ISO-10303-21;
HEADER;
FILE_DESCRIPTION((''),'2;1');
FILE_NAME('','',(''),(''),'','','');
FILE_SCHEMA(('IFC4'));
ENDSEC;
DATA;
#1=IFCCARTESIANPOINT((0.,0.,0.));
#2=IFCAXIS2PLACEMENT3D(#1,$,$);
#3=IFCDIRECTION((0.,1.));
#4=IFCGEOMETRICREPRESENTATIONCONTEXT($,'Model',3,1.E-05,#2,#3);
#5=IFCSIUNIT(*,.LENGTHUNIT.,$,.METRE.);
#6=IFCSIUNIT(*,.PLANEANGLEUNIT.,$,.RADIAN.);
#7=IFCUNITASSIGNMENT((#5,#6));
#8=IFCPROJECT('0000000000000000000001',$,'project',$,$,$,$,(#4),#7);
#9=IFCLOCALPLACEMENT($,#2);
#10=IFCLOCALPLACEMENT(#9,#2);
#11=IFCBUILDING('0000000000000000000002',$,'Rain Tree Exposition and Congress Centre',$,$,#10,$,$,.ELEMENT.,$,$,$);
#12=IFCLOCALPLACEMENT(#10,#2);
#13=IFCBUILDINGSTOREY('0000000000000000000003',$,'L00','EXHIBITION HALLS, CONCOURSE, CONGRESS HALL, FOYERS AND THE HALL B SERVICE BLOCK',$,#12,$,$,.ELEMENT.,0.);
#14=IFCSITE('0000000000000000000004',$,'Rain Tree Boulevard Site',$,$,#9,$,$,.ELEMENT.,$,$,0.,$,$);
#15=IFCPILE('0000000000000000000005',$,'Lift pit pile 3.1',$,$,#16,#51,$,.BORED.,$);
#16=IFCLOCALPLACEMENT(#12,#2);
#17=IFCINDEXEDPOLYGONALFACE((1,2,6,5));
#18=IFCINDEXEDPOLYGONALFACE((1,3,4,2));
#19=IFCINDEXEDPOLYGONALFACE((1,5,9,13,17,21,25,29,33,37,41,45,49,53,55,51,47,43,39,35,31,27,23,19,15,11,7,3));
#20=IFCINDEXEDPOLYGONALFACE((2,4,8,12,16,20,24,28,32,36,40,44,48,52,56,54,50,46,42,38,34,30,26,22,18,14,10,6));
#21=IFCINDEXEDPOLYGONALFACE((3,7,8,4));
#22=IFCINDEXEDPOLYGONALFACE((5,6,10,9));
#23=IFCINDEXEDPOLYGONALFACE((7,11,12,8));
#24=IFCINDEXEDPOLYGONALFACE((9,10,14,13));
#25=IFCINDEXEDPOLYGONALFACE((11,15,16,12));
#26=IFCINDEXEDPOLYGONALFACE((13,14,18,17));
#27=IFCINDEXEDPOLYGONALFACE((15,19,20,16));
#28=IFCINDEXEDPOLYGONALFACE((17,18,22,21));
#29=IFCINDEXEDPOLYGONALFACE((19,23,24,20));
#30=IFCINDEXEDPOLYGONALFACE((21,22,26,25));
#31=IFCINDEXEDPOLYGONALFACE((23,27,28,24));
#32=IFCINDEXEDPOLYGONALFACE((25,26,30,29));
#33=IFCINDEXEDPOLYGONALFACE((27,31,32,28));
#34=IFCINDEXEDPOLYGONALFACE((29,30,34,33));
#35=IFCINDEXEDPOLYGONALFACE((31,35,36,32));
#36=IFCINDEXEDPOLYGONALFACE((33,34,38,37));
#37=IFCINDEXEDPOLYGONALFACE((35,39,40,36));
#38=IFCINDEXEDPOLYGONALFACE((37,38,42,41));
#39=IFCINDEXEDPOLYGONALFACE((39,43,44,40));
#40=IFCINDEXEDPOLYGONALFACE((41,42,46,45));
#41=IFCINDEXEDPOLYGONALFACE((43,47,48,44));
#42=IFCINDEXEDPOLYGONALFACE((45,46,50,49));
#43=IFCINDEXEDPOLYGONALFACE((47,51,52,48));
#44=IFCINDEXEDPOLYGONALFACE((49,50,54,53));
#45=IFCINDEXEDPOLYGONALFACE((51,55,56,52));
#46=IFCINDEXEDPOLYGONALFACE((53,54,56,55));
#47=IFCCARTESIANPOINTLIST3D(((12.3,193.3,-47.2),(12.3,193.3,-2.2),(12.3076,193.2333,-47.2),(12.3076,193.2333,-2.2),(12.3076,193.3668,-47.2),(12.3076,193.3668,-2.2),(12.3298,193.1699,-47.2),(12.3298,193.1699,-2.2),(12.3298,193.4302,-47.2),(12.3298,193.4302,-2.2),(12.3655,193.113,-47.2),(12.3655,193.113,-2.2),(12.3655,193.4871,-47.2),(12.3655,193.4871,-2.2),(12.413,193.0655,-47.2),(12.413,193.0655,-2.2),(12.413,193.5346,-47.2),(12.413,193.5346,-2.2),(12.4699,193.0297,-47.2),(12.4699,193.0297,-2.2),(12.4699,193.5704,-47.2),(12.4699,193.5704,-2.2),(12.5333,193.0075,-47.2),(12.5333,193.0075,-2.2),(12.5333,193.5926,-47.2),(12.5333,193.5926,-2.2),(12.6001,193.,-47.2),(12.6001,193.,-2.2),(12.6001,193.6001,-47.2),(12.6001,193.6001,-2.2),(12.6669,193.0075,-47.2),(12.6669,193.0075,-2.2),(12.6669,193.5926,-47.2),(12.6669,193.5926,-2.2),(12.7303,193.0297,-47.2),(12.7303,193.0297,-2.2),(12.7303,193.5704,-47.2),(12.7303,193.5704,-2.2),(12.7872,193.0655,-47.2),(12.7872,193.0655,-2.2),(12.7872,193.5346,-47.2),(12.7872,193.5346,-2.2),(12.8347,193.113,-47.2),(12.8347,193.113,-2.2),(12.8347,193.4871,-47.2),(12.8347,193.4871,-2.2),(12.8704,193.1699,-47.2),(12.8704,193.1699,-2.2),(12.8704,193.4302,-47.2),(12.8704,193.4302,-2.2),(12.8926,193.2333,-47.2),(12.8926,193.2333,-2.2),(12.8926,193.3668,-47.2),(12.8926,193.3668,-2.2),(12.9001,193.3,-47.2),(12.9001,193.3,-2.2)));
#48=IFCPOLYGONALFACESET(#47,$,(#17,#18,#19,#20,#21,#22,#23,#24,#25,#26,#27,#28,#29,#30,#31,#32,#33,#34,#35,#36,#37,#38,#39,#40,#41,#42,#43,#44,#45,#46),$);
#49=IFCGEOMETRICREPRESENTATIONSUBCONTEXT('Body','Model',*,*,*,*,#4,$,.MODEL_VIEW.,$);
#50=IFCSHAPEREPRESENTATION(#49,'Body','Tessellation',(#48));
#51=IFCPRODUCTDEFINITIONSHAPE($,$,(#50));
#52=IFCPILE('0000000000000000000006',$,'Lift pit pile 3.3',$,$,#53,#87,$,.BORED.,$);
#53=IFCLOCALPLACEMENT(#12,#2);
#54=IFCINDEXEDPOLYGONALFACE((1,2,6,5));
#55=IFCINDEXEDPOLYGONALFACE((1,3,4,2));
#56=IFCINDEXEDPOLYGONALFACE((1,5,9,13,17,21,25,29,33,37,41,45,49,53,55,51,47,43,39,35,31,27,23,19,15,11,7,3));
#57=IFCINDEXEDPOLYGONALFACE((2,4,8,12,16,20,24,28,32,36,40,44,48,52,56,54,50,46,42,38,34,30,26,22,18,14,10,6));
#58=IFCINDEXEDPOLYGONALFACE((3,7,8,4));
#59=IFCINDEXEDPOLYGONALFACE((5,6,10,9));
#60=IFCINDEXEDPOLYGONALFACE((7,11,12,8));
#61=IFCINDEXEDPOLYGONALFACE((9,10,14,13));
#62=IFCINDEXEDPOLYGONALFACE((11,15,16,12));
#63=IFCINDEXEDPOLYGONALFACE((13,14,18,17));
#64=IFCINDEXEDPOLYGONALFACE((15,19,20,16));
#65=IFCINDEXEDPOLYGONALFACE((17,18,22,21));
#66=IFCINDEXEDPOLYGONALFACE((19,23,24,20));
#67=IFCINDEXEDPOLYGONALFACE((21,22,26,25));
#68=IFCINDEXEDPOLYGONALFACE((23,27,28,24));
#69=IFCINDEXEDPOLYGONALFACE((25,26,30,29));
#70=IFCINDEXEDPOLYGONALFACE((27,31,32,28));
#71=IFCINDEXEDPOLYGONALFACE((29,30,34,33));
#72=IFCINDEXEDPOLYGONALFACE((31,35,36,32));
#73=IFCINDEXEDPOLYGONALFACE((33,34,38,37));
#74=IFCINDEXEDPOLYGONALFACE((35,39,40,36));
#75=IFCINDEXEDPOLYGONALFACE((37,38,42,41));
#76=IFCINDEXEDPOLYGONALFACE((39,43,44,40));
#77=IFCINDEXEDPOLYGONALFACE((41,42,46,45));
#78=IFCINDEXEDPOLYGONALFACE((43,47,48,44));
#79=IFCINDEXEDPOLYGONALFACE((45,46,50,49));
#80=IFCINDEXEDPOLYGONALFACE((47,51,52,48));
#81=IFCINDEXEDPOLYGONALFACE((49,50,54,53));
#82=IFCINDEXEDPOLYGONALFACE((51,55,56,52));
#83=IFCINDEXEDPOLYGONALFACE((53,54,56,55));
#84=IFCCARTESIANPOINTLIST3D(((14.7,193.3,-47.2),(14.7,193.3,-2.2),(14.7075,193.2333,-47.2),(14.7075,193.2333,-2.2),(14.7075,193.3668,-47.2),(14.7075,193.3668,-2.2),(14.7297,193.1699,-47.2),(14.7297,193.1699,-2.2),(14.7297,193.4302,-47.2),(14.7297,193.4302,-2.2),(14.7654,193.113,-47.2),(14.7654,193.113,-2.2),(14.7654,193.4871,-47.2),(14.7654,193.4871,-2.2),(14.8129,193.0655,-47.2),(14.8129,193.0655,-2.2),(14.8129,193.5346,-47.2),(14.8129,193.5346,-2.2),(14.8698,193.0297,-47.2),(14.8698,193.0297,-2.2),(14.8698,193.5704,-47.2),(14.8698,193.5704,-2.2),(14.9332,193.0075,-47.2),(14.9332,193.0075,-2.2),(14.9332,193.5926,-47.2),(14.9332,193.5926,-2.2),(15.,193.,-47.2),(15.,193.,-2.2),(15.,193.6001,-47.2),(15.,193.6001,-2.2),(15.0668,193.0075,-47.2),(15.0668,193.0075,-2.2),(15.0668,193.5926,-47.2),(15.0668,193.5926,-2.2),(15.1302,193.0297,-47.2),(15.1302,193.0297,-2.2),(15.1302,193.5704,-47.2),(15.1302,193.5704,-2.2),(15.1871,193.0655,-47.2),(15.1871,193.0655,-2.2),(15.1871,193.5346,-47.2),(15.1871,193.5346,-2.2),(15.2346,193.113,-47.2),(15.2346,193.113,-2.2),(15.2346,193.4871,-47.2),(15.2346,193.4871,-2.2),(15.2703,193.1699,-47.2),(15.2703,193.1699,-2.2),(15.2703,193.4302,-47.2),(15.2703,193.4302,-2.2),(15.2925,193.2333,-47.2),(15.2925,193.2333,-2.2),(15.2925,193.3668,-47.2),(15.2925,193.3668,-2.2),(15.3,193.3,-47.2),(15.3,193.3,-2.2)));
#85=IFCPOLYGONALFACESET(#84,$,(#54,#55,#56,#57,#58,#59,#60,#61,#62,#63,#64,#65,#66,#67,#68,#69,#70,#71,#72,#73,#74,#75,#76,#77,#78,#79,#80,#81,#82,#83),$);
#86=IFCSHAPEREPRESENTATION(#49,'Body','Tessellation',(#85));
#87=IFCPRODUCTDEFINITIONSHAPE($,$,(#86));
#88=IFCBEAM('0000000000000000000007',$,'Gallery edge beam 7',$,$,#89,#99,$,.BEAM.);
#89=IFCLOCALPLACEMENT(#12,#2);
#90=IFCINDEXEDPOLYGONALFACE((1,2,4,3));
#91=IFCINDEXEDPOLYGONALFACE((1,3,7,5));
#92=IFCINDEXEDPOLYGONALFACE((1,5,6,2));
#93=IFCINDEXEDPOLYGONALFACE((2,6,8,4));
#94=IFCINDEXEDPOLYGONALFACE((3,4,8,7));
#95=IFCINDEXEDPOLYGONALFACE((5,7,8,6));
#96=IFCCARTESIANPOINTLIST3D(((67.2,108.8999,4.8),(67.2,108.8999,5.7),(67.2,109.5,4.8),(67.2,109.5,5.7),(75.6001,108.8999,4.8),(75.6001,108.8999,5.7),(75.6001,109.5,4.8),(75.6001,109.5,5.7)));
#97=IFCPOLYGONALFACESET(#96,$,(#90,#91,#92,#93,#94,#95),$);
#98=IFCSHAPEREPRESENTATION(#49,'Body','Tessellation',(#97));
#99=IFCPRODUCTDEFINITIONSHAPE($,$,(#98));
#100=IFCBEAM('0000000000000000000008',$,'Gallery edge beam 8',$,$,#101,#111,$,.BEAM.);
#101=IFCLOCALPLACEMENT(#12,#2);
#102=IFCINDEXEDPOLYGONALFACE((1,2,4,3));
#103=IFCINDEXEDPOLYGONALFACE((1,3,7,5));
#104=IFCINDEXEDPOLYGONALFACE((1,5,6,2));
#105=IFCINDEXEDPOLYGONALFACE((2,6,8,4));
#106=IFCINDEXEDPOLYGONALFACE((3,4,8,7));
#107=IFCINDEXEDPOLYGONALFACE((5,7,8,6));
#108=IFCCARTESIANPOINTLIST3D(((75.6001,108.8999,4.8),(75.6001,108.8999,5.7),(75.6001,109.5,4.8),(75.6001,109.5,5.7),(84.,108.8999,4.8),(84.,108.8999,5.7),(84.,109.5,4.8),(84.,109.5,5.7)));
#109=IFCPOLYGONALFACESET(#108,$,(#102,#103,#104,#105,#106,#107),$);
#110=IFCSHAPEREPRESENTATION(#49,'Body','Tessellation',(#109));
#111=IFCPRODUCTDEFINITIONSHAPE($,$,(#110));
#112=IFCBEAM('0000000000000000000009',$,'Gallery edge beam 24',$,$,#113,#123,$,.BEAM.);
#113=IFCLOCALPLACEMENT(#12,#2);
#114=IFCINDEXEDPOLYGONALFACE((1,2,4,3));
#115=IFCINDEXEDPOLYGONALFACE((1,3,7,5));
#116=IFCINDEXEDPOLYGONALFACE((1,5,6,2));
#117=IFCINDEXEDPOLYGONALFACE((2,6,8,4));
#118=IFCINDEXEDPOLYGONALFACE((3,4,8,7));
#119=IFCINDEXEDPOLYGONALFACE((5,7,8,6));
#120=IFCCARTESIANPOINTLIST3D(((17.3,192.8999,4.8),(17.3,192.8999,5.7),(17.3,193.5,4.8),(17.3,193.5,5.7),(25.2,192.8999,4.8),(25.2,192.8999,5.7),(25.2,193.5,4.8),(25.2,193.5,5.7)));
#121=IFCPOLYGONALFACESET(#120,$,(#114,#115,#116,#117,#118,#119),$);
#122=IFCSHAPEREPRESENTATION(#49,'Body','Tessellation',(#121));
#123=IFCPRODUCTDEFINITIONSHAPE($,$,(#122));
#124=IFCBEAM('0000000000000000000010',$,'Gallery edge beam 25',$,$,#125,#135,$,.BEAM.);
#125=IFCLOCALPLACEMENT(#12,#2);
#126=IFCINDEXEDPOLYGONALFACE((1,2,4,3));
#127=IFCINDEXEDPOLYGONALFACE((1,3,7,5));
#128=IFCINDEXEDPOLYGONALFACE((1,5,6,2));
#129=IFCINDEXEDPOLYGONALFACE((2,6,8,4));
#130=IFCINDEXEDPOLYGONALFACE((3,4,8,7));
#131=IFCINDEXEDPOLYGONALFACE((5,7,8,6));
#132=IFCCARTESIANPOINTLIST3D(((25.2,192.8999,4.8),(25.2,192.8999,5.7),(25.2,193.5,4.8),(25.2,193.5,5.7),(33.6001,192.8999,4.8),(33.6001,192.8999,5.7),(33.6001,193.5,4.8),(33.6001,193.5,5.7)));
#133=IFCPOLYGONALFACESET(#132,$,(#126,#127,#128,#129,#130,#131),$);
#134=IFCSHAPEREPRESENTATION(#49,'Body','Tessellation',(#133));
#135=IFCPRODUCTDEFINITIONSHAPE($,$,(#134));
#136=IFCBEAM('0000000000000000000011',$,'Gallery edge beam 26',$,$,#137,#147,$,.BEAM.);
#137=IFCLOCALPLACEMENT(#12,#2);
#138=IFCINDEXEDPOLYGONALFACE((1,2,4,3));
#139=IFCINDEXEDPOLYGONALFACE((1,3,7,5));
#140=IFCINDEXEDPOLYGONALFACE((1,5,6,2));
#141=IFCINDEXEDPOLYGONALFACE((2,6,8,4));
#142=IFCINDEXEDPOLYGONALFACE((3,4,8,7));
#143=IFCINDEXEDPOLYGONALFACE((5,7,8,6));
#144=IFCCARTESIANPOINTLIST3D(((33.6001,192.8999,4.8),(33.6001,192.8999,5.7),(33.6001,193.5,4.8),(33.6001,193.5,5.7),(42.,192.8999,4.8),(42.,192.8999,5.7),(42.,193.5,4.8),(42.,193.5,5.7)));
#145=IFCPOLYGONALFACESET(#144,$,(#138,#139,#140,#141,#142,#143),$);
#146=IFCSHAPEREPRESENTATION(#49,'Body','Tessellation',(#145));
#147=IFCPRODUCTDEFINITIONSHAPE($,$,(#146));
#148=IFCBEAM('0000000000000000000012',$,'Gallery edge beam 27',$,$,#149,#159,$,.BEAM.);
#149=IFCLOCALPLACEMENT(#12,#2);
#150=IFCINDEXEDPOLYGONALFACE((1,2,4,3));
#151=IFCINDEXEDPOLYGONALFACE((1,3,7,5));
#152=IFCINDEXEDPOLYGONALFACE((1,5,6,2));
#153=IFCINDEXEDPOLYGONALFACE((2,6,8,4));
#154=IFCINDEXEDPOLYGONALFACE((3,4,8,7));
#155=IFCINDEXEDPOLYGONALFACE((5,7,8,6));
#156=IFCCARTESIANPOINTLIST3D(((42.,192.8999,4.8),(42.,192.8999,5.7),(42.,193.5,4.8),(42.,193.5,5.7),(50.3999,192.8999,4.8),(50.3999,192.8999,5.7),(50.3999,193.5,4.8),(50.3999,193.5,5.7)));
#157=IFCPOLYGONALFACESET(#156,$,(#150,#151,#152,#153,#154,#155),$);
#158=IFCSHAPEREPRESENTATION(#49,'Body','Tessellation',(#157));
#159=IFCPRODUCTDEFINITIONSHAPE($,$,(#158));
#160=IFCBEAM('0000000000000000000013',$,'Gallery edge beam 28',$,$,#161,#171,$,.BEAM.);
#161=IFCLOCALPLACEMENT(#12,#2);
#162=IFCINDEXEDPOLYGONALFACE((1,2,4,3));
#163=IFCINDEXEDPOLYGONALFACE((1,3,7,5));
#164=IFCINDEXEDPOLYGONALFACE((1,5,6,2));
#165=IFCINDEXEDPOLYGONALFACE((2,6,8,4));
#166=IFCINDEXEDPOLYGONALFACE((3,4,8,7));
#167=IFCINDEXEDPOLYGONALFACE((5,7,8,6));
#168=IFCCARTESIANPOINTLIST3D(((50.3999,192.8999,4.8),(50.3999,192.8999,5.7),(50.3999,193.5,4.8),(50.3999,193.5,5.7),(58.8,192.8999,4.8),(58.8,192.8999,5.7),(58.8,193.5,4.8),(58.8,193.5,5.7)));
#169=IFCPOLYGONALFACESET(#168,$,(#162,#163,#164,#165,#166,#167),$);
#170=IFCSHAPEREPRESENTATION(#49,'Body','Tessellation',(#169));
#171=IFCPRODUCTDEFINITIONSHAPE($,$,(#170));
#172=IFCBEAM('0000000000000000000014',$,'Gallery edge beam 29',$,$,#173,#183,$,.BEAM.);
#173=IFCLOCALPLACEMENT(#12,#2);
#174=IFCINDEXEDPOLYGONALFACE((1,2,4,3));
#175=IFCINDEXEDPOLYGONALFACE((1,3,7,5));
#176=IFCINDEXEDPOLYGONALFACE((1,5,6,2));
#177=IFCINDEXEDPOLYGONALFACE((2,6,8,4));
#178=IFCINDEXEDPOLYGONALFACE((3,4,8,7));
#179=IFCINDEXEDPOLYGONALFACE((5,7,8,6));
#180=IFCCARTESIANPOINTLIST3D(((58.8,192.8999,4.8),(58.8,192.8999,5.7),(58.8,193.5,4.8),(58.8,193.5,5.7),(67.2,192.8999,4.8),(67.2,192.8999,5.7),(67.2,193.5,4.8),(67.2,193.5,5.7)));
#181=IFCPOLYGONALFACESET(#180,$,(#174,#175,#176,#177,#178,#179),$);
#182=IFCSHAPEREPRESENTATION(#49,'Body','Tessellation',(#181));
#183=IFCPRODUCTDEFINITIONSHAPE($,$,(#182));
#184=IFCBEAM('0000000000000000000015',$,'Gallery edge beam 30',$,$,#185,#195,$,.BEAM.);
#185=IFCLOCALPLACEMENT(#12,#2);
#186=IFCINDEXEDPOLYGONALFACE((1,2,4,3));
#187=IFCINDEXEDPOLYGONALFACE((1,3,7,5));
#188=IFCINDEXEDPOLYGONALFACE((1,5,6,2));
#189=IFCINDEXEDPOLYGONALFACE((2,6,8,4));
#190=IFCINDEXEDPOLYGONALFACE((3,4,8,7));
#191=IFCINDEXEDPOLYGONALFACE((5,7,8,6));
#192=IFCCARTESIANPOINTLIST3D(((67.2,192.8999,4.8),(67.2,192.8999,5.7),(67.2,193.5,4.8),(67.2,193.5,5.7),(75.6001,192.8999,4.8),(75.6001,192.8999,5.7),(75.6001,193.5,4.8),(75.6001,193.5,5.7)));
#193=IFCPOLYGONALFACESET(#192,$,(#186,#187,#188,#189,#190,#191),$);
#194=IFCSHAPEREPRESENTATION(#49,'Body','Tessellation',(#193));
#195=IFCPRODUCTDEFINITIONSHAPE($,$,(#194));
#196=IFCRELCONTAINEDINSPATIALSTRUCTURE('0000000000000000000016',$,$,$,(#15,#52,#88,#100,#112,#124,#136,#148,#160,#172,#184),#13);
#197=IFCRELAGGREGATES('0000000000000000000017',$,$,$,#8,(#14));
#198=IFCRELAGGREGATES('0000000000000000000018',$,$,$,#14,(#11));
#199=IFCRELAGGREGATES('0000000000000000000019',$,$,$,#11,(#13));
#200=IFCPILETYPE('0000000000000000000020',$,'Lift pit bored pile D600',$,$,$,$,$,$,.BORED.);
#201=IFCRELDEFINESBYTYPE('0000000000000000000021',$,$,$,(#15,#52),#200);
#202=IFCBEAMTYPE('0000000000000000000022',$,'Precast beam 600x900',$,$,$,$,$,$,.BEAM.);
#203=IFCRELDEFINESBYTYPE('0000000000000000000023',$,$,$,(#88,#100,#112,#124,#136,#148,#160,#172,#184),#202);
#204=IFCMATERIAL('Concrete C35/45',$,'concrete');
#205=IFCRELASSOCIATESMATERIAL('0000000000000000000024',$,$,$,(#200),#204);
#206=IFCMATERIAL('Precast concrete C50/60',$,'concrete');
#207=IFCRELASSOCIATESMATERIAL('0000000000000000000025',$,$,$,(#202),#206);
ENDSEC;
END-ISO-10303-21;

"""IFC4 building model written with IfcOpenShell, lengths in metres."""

from ifc_helpers import new_model, si_unit, direction, frame, origin, origin_2d, place, context, subcontext, project, spatial, rectangle, circle, extrude, material, material_profile, profile_set, type_object, element, save


model = new_model("IFC4")

# Units and contexts
model_context = context("Model", 3, precision=1e-05, world=origin(), true_north=direction((0.0, 1.0)))
body_context = subcontext(model_context, "Body", "Model", "MODEL_VIEW")
ifc_project = project(units=[si_unit("LENGTHUNIT", "METRE"), si_unit("PLANEANGLEUNIT", "RADIAN")], contexts=[model_context])

# Site, building, storey
site_placement = place(None, origin())
site = spatial("IfcSite", under=ifc_project, at=site_placement, Name="Rain Tree Boulevard Site", CompositionType="ELEMENT", RefElevation=0.0)
building_placement = place(site_placement, origin())
building = spatial("IfcBuilding", under=site, at=building_placement, Name="Rain Tree Exposition and Congress Centre", CompositionType="ELEMENT")
storey_placement = place(building_placement, origin())
storey = spatial("IfcBuildingStorey", under=building, at=storey_placement, Name="L00", Description="EXHIBITION HALLS, CONCOURSE, CONGRESS HALL, FOYERS AND THE HALL B SERVICE BLOCK", CompositionType="ELEMENT", Elevation=0.0)

# Piles
ifc_material_1 = material(Name="Concrete C35/45", Category="concrete")
ifc_material_profile_1 = material_profile(ifc_material_1, circle(Radius=0.3, at=origin_2d()), Name="D600")
ifc_profile_set_1 = profile_set([ifc_material_profile_1], Name="Concrete C35/45")
pile_type = type_object("IfcPileType", Name="Lift pit bored pile D600", PredefinedType="BORED", material=ifc_profile_set_1)
for number, where, z_axis, x_axis, name in (
    (1, (12.6001, 193.3, -2.2), (0.0, 0.0, -1.0), (1.0, 0.0, 0.0), "Lift pit pile 3.1"),
    (2, (15.0, 193.3, -2.2), (0.0, 0.0, -1.0), (1.0, 0.0, 0.0), "Lift pit pile 3.3"),
):
    element("IfcPile", number, at=place(storey_placement, frame(where, z_axis=z_axis, x_axis=x_axis)), inside=storey, type_object=pile_type, Name=name, PredefinedType="BORED", context=body_context, shape_type="SweptSolid", body=[
        extrude(circle(Radius=0.3, at=origin_2d()), origin(), (0.0, 0.0, 1.0), 45.0),
    ])

# Beams
ifc_material_2 = material(Name="Precast concrete C50/60", Category="concrete")
ifc_material_profile_2 = material_profile(ifc_material_2, rectangle(XDim=0.6001, YDim=0.8999, at=origin_2d()), Name="RC 600x900")
ifc_profile_set_2 = profile_set([ifc_material_profile_2], Name="Precast concrete C50/60")
beam_type = type_object("IfcBeamType", Name="Precast beam 600x900", PredefinedType="BEAM", material=ifc_profile_set_2)
beam_1_placement = place(storey_placement, frame((67.2, 109.2, 5.25), z_axis=(1.0, 0.0, 0.0), x_axis=(0.0, 1.0, 0.0)))
element("IfcBeam", 3, at=beam_1_placement, inside=storey, type_object=beam_type, Name="Gallery edge beam 7", PredefinedType="BEAM", context=body_context, shape_type="SweptSolid", body=[
    extrude(rectangle(XDim=0.6001, YDim=0.8999, at=origin_2d()), origin(), (0.0, 0.0, 1.0), 8.4001),
])
beam_2_placement = place(storey_placement, frame((75.6001, 109.2, 5.25), z_axis=(1.0, 0.0, 0.0), x_axis=(0.0, 1.0, 0.0)))
element("IfcBeam", 4, at=beam_2_placement, inside=storey, type_object=beam_type, Name="Gallery edge beam 8", PredefinedType="BEAM", context=body_context, shape_type="SweptSolid", body=[
    extrude(rectangle(XDim=0.6001, YDim=0.8999, at=origin_2d()), origin(), (0.0, 0.0, 1.0), 8.3999),
])
beam_3_placement = place(storey_placement, frame((17.3, 193.2, 5.25), z_axis=(1.0, 0.0, 0.0), x_axis=(0.0, 1.0, 0.0)))
element("IfcBeam", 5, at=beam_3_placement, inside=storey, type_object=beam_type, Name="Gallery edge beam 24", PredefinedType="BEAM", context=body_context, shape_type="SweptSolid", body=[
    extrude(rectangle(XDim=0.6001, YDim=0.8999, at=origin_2d()), origin(), (0.0, 0.0, 1.0), 7.8999),
])
beam_4_placement = place(storey_placement, frame((25.2, 193.2, 5.25), z_axis=(1.0, 0.0, 0.0), x_axis=(0.0, 1.0, 0.0)))
element("IfcBeam", 6, at=beam_4_placement, inside=storey, type_object=beam_type, Name="Gallery edge beam 25", PredefinedType="BEAM", context=body_context, shape_type="SweptSolid", body=[
    extrude(rectangle(XDim=0.6001, YDim=0.8999, at=origin_2d()), origin(), (0.0, 0.0, 1.0), 8.4001),
])
for number, where, z_axis, x_axis, name in (
    (7, (33.6001, 193.2, 5.25), (1.0, 0.0, 0.0), (0.0, 1.0, 0.0), "Gallery edge beam 26"),
    (8, (42.0, 193.2, 5.25), (1.0, 0.0, 0.0), (0.0, 1.0, 0.0), "Gallery edge beam 27"),
):
    element("IfcBeam", number, at=place(storey_placement, frame(where, z_axis=z_axis, x_axis=x_axis)), inside=storey, type_object=beam_type, Name=name, PredefinedType="BEAM", context=body_context, shape_type="SweptSolid", body=[
        extrude(rectangle(XDim=0.6001, YDim=0.8999, at=origin_2d()), origin(), (0.0, 0.0, 1.0), 8.3999),
    ])
beam_5_placement = place(storey_placement, frame((50.3999, 193.2, 5.25), z_axis=(1.0, 0.0, 0.0), x_axis=(0.0, 1.0, 0.0)))
element("IfcBeam", 9, at=beam_5_placement, inside=storey, type_object=beam_type, Name="Gallery edge beam 28", PredefinedType="BEAM", context=body_context, shape_type="SweptSolid", body=[
    extrude(rectangle(XDim=0.6001, YDim=0.8999, at=origin_2d()), origin(), (0.0, 0.0, 1.0), 8.4001),
])
beam_6_placement = place(storey_placement, frame((58.8, 193.2, 5.25), z_axis=(1.0, 0.0, 0.0), x_axis=(0.0, 1.0, 0.0)))
element("IfcBeam", 10, at=beam_6_placement, inside=storey, type_object=beam_type, Name="Gallery edge beam 29", PredefinedType="BEAM", context=body_context, shape_type="SweptSolid", body=[
    extrude(rectangle(XDim=0.6001, YDim=0.8999, at=origin_2d()), origin(), (0.0, 0.0, 1.0), 8.3999),
])
beam_7_placement = place(storey_placement, frame((67.2, 193.2, 5.25), z_axis=(1.0, 0.0, 0.0), x_axis=(0.0, 1.0, 0.0)))
element("IfcBeam", 11, at=beam_7_placement, inside=storey, type_object=beam_type, Name="Gallery edge beam 30", PredefinedType="BEAM", context=body_context, shape_type="SweptSolid", body=[
    extrude(rectangle(XDim=0.6001, YDim=0.8999, at=origin_2d()), origin(), (0.0, 0.0, 1.0), 8.4001),
])

save(model, "model.ifc")
